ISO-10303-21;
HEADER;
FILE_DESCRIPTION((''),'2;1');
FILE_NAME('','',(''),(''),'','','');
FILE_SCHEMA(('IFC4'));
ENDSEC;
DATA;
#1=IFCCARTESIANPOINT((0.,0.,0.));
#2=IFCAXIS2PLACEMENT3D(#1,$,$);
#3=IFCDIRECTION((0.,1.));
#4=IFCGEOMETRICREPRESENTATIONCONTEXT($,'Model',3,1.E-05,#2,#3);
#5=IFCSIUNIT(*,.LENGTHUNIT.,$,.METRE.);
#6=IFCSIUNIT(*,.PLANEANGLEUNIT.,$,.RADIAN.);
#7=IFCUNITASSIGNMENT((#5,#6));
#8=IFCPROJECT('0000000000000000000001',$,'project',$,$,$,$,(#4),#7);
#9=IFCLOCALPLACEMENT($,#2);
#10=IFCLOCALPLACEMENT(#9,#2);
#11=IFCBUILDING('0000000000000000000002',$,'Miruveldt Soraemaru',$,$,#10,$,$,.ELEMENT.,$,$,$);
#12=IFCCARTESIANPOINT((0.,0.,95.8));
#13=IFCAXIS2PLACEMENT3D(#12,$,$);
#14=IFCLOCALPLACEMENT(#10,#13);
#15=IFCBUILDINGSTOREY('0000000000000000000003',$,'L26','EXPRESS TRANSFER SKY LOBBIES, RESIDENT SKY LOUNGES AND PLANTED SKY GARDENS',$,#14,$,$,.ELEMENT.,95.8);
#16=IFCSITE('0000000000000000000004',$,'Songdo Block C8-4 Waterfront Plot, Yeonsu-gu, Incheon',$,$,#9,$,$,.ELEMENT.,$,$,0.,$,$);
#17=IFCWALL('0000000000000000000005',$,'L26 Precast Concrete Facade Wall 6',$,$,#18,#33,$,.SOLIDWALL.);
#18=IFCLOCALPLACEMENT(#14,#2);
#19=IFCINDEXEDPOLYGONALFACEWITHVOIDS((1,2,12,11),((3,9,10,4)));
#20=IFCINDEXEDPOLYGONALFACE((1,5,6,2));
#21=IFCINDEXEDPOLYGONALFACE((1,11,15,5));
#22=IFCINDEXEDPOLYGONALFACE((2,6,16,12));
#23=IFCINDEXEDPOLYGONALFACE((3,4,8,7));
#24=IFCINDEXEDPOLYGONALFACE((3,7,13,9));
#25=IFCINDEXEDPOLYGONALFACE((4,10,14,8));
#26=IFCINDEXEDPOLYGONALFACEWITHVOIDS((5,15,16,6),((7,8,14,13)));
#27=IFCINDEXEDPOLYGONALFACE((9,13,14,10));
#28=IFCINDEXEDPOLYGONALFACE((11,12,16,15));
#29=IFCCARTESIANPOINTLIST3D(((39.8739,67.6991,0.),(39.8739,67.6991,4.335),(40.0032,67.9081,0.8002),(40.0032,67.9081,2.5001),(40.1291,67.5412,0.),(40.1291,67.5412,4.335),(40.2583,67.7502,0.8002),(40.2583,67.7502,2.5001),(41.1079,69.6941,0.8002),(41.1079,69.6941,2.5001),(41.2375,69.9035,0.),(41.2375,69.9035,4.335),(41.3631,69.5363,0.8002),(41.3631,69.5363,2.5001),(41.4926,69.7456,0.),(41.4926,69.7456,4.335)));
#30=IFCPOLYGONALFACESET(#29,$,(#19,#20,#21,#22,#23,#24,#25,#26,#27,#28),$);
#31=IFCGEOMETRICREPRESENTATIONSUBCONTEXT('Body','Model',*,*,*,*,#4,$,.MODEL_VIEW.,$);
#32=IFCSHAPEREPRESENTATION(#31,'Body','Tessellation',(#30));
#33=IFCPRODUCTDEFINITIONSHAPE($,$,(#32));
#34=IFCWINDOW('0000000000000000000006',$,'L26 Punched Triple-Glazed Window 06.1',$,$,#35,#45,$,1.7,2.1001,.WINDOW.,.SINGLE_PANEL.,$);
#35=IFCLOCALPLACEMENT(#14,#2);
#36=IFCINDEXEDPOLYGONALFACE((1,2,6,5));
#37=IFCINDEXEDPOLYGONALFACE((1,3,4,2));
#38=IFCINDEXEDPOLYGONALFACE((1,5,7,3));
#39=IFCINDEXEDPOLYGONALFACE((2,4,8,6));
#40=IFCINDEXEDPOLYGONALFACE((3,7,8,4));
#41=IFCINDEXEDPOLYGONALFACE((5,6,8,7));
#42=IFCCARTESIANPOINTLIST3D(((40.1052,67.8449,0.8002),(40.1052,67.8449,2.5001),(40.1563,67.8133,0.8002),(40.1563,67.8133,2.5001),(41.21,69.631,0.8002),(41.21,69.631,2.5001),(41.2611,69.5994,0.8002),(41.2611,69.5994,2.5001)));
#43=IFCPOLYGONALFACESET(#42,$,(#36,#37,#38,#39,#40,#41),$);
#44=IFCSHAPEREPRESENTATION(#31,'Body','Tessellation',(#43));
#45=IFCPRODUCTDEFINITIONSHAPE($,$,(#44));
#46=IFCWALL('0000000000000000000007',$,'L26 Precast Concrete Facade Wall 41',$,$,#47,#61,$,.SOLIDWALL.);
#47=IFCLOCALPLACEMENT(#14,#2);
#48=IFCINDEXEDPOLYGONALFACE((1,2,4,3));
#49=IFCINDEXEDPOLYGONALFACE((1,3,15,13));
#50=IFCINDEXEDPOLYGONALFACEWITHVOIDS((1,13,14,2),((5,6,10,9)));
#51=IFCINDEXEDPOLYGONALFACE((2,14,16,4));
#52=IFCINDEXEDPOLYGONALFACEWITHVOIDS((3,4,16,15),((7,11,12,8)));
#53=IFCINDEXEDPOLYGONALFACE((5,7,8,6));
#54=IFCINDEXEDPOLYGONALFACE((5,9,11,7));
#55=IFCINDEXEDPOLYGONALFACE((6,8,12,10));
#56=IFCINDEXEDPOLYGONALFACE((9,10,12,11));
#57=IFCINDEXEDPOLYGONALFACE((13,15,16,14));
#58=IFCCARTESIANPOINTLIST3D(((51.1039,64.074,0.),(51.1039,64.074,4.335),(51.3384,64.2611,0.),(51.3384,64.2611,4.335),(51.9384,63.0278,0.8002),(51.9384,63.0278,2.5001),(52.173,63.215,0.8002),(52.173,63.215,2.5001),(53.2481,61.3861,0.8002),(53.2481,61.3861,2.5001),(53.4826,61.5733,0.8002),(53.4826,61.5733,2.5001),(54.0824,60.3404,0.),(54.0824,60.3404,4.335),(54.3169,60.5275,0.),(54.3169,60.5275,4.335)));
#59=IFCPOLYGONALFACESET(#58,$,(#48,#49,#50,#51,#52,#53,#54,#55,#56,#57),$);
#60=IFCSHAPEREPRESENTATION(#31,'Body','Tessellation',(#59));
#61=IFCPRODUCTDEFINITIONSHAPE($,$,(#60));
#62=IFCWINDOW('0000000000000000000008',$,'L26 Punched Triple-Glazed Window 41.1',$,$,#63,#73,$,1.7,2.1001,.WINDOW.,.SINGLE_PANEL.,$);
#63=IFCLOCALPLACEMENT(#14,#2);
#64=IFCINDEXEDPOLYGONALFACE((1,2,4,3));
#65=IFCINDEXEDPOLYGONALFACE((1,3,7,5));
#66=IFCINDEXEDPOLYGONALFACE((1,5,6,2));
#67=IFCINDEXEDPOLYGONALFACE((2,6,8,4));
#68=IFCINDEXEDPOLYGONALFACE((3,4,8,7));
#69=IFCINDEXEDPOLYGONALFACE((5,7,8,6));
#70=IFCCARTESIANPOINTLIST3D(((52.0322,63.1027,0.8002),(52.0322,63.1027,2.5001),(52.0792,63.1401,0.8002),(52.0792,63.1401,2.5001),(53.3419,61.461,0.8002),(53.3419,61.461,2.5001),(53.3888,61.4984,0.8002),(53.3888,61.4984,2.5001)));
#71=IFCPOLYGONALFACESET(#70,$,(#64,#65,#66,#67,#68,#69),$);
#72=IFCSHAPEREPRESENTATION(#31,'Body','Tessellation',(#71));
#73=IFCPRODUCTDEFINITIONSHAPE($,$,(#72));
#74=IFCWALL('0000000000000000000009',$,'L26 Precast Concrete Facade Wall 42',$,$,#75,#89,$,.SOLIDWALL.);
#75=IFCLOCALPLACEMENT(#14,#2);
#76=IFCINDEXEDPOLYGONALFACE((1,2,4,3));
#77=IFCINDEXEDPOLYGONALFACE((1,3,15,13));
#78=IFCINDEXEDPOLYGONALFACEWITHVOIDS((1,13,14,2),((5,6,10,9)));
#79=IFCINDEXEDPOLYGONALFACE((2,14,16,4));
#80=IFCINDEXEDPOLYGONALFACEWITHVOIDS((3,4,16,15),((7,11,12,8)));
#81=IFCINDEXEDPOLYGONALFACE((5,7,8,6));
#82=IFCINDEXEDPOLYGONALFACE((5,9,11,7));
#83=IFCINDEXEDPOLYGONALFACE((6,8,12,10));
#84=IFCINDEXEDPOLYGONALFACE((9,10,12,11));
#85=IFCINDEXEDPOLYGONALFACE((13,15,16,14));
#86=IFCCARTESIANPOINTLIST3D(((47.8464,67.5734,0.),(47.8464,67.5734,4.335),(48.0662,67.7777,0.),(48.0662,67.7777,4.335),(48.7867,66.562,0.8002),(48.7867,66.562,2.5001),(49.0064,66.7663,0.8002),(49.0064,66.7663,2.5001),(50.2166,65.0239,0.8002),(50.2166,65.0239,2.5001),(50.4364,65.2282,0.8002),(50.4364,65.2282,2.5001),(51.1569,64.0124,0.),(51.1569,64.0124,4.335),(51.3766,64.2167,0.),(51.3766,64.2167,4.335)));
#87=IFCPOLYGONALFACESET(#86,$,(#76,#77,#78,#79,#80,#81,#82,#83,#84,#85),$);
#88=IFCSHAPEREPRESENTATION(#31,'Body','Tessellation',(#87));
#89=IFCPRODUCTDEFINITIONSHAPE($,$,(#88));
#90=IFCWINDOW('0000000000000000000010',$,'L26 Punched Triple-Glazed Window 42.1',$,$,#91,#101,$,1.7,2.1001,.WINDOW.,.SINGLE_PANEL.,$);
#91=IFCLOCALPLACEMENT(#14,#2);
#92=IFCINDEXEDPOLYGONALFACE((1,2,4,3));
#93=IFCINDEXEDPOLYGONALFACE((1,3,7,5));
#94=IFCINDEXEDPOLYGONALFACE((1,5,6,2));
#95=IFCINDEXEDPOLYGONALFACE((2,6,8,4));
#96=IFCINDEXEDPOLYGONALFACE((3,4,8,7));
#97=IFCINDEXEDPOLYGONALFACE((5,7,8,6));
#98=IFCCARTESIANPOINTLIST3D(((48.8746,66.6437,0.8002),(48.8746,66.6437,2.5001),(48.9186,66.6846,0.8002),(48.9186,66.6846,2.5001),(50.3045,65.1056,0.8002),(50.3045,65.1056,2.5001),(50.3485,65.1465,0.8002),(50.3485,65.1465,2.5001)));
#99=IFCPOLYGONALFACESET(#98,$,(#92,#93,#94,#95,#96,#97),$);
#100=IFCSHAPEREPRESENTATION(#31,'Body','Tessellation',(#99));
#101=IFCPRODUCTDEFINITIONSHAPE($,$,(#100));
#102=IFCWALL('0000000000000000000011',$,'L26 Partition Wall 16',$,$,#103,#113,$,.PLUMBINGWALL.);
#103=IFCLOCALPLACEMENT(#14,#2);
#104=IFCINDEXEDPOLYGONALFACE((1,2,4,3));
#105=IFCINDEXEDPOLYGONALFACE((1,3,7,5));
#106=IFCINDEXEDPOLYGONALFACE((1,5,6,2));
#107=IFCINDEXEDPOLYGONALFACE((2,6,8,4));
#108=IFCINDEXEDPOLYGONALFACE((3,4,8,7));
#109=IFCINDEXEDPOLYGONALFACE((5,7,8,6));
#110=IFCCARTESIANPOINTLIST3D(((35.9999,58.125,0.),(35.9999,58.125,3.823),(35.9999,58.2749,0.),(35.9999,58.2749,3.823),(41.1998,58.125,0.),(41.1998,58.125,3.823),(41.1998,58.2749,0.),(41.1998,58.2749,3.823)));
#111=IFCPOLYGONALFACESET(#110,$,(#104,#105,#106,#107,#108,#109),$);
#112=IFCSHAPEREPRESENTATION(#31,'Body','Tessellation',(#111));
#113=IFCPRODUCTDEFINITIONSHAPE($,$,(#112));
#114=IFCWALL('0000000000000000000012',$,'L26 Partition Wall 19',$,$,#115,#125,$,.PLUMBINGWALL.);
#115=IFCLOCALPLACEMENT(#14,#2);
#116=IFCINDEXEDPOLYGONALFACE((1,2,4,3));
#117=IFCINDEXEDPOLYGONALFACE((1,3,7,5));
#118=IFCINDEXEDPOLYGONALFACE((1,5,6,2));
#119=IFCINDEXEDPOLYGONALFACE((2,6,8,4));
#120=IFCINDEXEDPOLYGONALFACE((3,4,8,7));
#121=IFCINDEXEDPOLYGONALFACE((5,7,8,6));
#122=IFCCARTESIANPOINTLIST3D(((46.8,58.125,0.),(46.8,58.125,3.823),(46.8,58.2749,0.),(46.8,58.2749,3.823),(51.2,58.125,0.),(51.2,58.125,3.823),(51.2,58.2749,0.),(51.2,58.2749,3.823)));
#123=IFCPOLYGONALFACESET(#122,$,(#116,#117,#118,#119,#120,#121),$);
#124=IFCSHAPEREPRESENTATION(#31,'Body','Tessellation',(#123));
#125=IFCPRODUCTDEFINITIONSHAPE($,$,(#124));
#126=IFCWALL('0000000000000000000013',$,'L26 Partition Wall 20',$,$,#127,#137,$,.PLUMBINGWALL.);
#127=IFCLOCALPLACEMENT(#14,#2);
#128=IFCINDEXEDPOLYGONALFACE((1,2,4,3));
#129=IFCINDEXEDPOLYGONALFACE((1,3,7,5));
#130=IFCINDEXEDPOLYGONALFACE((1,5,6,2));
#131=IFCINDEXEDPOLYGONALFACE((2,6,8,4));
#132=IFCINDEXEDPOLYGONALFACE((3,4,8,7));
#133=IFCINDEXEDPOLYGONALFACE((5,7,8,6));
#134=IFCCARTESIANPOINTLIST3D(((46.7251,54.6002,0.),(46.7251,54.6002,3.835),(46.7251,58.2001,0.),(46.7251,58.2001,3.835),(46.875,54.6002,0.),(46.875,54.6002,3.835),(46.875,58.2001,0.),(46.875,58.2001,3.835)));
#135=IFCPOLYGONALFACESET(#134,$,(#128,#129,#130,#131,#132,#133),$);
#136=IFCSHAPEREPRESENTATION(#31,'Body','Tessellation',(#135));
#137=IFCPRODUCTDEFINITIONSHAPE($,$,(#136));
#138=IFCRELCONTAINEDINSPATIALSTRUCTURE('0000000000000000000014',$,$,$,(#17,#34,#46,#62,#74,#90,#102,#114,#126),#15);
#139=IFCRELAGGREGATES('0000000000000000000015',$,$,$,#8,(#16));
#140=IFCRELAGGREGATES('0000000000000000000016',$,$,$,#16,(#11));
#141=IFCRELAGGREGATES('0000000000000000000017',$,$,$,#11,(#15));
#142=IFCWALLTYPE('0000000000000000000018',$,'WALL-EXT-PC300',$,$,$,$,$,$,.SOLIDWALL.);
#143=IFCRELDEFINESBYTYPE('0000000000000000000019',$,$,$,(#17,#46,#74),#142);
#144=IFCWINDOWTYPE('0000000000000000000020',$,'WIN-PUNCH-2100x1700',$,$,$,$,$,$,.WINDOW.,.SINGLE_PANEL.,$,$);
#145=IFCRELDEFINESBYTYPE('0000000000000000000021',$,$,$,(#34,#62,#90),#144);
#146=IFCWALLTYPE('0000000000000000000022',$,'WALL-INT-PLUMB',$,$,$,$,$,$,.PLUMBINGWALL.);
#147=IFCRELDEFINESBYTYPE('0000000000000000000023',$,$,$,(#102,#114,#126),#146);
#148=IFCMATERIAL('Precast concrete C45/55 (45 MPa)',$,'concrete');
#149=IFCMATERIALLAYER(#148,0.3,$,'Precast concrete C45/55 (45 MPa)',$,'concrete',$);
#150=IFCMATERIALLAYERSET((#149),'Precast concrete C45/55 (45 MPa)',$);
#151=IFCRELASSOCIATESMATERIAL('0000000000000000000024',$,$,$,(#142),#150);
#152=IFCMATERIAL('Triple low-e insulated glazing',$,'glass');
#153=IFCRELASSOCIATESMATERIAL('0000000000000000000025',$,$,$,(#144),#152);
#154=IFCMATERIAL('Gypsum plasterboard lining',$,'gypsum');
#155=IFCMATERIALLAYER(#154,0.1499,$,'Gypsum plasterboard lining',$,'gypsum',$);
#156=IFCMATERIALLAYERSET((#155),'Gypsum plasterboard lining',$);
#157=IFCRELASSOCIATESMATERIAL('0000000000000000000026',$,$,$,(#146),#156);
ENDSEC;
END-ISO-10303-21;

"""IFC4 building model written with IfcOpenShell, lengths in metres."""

from ifc_helpers import new_model, si_unit, direction, frame, frame_2d, origin, place, context, subcontext, project, spatial, rectangle, extrude, material, layer, layer_set, type_object, element, fill, save


model = new_model("IFC4")

# Units and contexts
model_context = context("Model", 3, precision=1e-05, world=origin(), true_north=direction((0.0, 1.0)))
body_context = subcontext(model_context, "Body", "Model", "MODEL_VIEW")
ifc_project = project(units=[si_unit("LENGTHUNIT", "METRE"), si_unit("PLANEANGLEUNIT", "RADIAN")], contexts=[model_context])

# Site, building, storey
site_placement = place(None, origin())
site = spatial("IfcSite", under=ifc_project, at=site_placement, Name="Songdo Block C8-4 Waterfront Plot, Yeonsu-gu, Incheon", CompositionType="ELEMENT", RefElevation=0.0)
building_placement = place(site_placement, origin())
building = spatial("IfcBuilding", under=site, at=building_placement, Name="Miruveldt Soraemaru", CompositionType="ELEMENT")
storey_placement = place(building_placement, frame((0.0, 0.0, 95.8)))
storey = spatial("IfcBuildingStorey", under=building, at=storey_placement, Name="L26", Description="EXPRESS TRANSFER SKY LOBBIES, RESIDENT SKY LOUNGES AND PLANTED SKY GARDENS", CompositionType="ELEMENT", Elevation=95.8)

# Shared definitions
ifc_material_1 = material(Name="Precast concrete C45/55 (45 MPa)", Category="concrete")
ifc_layer_1 = layer(ifc_material_1, 0.3, Name="Precast concrete C45/55 (45 MPa)", Category="concrete")
ifc_layer_set_1 = layer_set([ifc_layer_1], Name="Precast concrete C45/55 (45 MPa)")
wall_type_1 = type_object("IfcWallType", Name="WALL-EXT-PC300", PredefinedType="SOLIDWALL", material=ifc_layer_set_1)
ifc_material_2 = material(Name="Triple low-e insulated glazing", Category="glass")
window_type_1 = type_object("IfcWindowType", Name="WIN-PUNCH-2100x1700", PartitioningType="SINGLE_PANEL", PredefinedType="WINDOW", material=ifc_material_2)

# Walls, openings, windows
wall_1_placement = place(storey_placement, frame((41.365, 69.8245, 0.0), z_axis=(0.0, 0.0, 1.0), x_axis=(-0.526056, -0.85045, 0.0)))
wall_1 = element("IfcWall", 1, at=wall_1_placement, inside=storey, type_object=wall_type_1, Name="L26 Precast Concrete Facade Wall 6", PredefinedType="SOLIDWALL", context=body_context, shape_type="SweptSolid", body=[
    extrude(rectangle(XDim=2.592, YDim=0.3, at=frame_2d((1.2959, 0.0))), origin(), (0.0, 0.0, 1.0), 4.335),
])
opening_1_placement = place(wall_1_placement, frame((0.2461, 0.0, 0.8)))
opening_1 = element("IfcOpeningElement", 2, at=opening_1_placement, cuts=wall_1, PredefinedType="OPENING", context=body_context, shape_type="SweptSolid", body=[
    extrude(rectangle(XDim=2.1001, YDim=1.7, at=frame_2d((1.05, 0.8501))), frame((0.0, 0.1602, 0.0), z_axis=(0.0, -1.0, 0.0), x_axis=(1.0, 0.0, 0.0)), (0.0, 0.0, 1.0), 0.3201),
])
window_1_placement = place(opening_1_placement, origin())
window_1 = element("IfcWindow", 3, at=window_1_placement, inside=storey, type_object=window_type_1, Name="L26 Punched Triple-Glazed Window 06.1", OverallHeight=1.7, OverallWidth=2.1001, PartitioningType="SINGLE_PANEL", PredefinedType="WINDOW", context=body_context, shape_type="SweptSolid", body=[
    extrude(rectangle(XDim=2.1001, YDim=1.7, at=frame_2d((1.05, 0.8501))), frame((0.0, 0.03, 0.0), z_axis=(0.0, -1.0, 0.0), x_axis=(1.0, 0.0, 0.0)), (0.0, 0.0, 1.0), 0.0601),
])
fill(opening_1, window_1)
wall_2_placement = place(storey_placement, frame((54.1997, 60.4338, 0.0), z_axis=(0.0, 0.0, 1.0), x_axis=(-0.623622, 0.781726, 0.0)))
wall_2 = element("IfcWall", 4, at=wall_2_placement, inside=storey, type_object=wall_type_1, Name="L26 Precast Concrete Facade Wall 41", PredefinedType="SOLIDWALL", context=body_context, shape_type="SweptSolid", body=[
    extrude(rectangle(XDim=4.7761, YDim=0.3, at=frame_2d((2.3882, 0.0))), origin(), (0.0, 0.0, 1.0), 4.335),
])
opening_2_placement = place(wall_2_placement, frame((1.3379, 0.0, 0.8)))
opening_2 = element("IfcOpeningElement", 5, at=opening_2_placement, cuts=wall_2, PredefinedType="OPENING", context=body_context, shape_type="SweptSolid", body=[
    extrude(rectangle(XDim=2.1001, YDim=1.7, at=frame_2d((1.05, 0.8501))), frame((0.0, 0.1602, 0.0), z_axis=(0.0, -1.0, 0.0), x_axis=(1.0, 0.0, 0.0)), (0.0, 0.0, 1.0), 0.3201),
])
window_2_placement = place(opening_2_placement, origin())
window_2 = element("IfcWindow", 6, at=window_2_placement, inside=storey, type_object=window_type_1, Name="L26 Punched Triple-Glazed Window 41.1", OverallHeight=1.7, OverallWidth=2.1001, PartitioningType="SINGLE_PANEL", PredefinedType="WINDOW", context=body_context, shape_type="SweptSolid", body=[
    extrude(rectangle(XDim=2.1001, YDim=1.7, at=frame_2d((1.05, 0.8501))), frame((0.0, 0.03, 0.0), z_axis=(0.0, -1.0, 0.0), x_axis=(1.0, 0.0, 0.0)), (0.0, 0.0, 1.0), 0.0601),
])
fill(opening_2, window_2)
wall_3_placement = place(storey_placement, frame((51.2668, 64.1145, 0.0), z_axis=(0.0, 0.0, 1.0), x_axis=(-0.680879, 0.732396, 0.0)))
wall_3 = element("IfcWall", 7, at=wall_3_placement, inside=storey, type_object=wall_type_1, Name="L26 Precast Concrete Facade Wall 42", PredefinedType="SOLIDWALL", context=body_context, shape_type="SweptSolid", body=[
    extrude(rectangle(XDim=4.8621, YDim=0.3, at=frame_2d((2.4312, 0.0))), origin(), (0.0, 0.0, 1.0), 4.335),
])
opening_3_placement = place(wall_3_placement, frame((1.3811, 0.0, 0.8)))
opening_3 = element("IfcOpeningElement", 8, at=opening_3_placement, cuts=wall_3, PredefinedType="OPENING", context=body_context, shape_type="SweptSolid", body=[
    extrude(rectangle(XDim=2.1001, YDim=1.7, at=frame_2d((1.05, 0.8501))), frame((0.0, 0.1602, 0.0), z_axis=(0.0, -1.0, 0.0), x_axis=(1.0, 0.0, 0.0)), (0.0, 0.0, 1.0), 0.3201),
])
window_3_placement = place(opening_3_placement, origin())
window_3 = element("IfcWindow", 9, at=window_3_placement, inside=storey, type_object=window_type_1, Name="L26 Punched Triple-Glazed Window 42.1", OverallHeight=1.7, OverallWidth=2.1001, PartitioningType="SINGLE_PANEL", PredefinedType="WINDOW", context=body_context, shape_type="SweptSolid", body=[
    extrude(rectangle(XDim=2.1001, YDim=1.7, at=frame_2d((1.05, 0.8501))), frame((0.0, 0.03, 0.0), z_axis=(0.0, -1.0, 0.0), x_axis=(1.0, 0.0, 0.0)), (0.0, 0.0, 1.0), 0.0601),
])
fill(opening_3, window_3)

# Walls
ifc_material_3 = material(Name="Gypsum plasterboard lining", Category="gypsum")
ifc_layer_2 = layer(ifc_material_3, 0.1499, Name="Gypsum plasterboard lining", Category="gypsum")
ifc_layer_set_2 = layer_set([ifc_layer_2], Name="Gypsum plasterboard lining")
wall_type_2 = type_object("IfcWallType", Name="WALL-INT-PLUMB", PredefinedType="PLUMBINGWALL", material=ifc_layer_set_2)
wall_4_placement = place(storey_placement, frame((41.2, 58.2, 0.0), z_axis=(0.0, 0.0, 1.0), x_axis=(-1.0, 0.0, 0.0)))
element("IfcWall", 10, at=wall_4_placement, inside=storey, type_object=wall_type_2, Name="L26 Partition Wall 16", PredefinedType="PLUMBINGWALL", context=body_context, shape_type="SweptSolid", body=[
    extrude(rectangle(XDim=5.2, YDim=0.1499, at=frame_2d((2.6001, 0.0))), origin(), (0.0, 0.0, 1.0), 3.823),
])
wall_5_placement = place(storey_placement, frame((51.2, 58.2, 0.0), z_axis=(0.0, 0.0, 1.0), x_axis=(-1.0, 0.0, 0.0)))
element("IfcWall", 11, at=wall_5_placement, inside=storey, type_object=wall_type_2, Name="L26 Partition Wall 19", PredefinedType="PLUMBINGWALL", context=body_context, shape_type="SweptSolid", body=[
    extrude(rectangle(XDim=4.3999, YDim=0.1499, at=frame_2d((2.2, 0.0))), origin(), (0.0, 0.0, 1.0), 3.823),
])
wall_6_placement = place(storey_placement, frame((46.8, 58.2, 0.0), z_axis=(0.0, 0.0, 1.0), x_axis=(0.0, -1.0, 0.0)))
element("IfcWall", 12, at=wall_6_placement, inside=storey, type_object=wall_type_2, Name="L26 Partition Wall 20", PredefinedType="PLUMBINGWALL", context=body_context, shape_type="SweptSolid", body=[
    extrude(rectangle(XDim=3.5999, YDim=0.1499, at=frame_2d((1.7998, 0.0))), origin(), (0.0, 0.0, 1.0), 3.835),
])

save(model, "model.ifc")
